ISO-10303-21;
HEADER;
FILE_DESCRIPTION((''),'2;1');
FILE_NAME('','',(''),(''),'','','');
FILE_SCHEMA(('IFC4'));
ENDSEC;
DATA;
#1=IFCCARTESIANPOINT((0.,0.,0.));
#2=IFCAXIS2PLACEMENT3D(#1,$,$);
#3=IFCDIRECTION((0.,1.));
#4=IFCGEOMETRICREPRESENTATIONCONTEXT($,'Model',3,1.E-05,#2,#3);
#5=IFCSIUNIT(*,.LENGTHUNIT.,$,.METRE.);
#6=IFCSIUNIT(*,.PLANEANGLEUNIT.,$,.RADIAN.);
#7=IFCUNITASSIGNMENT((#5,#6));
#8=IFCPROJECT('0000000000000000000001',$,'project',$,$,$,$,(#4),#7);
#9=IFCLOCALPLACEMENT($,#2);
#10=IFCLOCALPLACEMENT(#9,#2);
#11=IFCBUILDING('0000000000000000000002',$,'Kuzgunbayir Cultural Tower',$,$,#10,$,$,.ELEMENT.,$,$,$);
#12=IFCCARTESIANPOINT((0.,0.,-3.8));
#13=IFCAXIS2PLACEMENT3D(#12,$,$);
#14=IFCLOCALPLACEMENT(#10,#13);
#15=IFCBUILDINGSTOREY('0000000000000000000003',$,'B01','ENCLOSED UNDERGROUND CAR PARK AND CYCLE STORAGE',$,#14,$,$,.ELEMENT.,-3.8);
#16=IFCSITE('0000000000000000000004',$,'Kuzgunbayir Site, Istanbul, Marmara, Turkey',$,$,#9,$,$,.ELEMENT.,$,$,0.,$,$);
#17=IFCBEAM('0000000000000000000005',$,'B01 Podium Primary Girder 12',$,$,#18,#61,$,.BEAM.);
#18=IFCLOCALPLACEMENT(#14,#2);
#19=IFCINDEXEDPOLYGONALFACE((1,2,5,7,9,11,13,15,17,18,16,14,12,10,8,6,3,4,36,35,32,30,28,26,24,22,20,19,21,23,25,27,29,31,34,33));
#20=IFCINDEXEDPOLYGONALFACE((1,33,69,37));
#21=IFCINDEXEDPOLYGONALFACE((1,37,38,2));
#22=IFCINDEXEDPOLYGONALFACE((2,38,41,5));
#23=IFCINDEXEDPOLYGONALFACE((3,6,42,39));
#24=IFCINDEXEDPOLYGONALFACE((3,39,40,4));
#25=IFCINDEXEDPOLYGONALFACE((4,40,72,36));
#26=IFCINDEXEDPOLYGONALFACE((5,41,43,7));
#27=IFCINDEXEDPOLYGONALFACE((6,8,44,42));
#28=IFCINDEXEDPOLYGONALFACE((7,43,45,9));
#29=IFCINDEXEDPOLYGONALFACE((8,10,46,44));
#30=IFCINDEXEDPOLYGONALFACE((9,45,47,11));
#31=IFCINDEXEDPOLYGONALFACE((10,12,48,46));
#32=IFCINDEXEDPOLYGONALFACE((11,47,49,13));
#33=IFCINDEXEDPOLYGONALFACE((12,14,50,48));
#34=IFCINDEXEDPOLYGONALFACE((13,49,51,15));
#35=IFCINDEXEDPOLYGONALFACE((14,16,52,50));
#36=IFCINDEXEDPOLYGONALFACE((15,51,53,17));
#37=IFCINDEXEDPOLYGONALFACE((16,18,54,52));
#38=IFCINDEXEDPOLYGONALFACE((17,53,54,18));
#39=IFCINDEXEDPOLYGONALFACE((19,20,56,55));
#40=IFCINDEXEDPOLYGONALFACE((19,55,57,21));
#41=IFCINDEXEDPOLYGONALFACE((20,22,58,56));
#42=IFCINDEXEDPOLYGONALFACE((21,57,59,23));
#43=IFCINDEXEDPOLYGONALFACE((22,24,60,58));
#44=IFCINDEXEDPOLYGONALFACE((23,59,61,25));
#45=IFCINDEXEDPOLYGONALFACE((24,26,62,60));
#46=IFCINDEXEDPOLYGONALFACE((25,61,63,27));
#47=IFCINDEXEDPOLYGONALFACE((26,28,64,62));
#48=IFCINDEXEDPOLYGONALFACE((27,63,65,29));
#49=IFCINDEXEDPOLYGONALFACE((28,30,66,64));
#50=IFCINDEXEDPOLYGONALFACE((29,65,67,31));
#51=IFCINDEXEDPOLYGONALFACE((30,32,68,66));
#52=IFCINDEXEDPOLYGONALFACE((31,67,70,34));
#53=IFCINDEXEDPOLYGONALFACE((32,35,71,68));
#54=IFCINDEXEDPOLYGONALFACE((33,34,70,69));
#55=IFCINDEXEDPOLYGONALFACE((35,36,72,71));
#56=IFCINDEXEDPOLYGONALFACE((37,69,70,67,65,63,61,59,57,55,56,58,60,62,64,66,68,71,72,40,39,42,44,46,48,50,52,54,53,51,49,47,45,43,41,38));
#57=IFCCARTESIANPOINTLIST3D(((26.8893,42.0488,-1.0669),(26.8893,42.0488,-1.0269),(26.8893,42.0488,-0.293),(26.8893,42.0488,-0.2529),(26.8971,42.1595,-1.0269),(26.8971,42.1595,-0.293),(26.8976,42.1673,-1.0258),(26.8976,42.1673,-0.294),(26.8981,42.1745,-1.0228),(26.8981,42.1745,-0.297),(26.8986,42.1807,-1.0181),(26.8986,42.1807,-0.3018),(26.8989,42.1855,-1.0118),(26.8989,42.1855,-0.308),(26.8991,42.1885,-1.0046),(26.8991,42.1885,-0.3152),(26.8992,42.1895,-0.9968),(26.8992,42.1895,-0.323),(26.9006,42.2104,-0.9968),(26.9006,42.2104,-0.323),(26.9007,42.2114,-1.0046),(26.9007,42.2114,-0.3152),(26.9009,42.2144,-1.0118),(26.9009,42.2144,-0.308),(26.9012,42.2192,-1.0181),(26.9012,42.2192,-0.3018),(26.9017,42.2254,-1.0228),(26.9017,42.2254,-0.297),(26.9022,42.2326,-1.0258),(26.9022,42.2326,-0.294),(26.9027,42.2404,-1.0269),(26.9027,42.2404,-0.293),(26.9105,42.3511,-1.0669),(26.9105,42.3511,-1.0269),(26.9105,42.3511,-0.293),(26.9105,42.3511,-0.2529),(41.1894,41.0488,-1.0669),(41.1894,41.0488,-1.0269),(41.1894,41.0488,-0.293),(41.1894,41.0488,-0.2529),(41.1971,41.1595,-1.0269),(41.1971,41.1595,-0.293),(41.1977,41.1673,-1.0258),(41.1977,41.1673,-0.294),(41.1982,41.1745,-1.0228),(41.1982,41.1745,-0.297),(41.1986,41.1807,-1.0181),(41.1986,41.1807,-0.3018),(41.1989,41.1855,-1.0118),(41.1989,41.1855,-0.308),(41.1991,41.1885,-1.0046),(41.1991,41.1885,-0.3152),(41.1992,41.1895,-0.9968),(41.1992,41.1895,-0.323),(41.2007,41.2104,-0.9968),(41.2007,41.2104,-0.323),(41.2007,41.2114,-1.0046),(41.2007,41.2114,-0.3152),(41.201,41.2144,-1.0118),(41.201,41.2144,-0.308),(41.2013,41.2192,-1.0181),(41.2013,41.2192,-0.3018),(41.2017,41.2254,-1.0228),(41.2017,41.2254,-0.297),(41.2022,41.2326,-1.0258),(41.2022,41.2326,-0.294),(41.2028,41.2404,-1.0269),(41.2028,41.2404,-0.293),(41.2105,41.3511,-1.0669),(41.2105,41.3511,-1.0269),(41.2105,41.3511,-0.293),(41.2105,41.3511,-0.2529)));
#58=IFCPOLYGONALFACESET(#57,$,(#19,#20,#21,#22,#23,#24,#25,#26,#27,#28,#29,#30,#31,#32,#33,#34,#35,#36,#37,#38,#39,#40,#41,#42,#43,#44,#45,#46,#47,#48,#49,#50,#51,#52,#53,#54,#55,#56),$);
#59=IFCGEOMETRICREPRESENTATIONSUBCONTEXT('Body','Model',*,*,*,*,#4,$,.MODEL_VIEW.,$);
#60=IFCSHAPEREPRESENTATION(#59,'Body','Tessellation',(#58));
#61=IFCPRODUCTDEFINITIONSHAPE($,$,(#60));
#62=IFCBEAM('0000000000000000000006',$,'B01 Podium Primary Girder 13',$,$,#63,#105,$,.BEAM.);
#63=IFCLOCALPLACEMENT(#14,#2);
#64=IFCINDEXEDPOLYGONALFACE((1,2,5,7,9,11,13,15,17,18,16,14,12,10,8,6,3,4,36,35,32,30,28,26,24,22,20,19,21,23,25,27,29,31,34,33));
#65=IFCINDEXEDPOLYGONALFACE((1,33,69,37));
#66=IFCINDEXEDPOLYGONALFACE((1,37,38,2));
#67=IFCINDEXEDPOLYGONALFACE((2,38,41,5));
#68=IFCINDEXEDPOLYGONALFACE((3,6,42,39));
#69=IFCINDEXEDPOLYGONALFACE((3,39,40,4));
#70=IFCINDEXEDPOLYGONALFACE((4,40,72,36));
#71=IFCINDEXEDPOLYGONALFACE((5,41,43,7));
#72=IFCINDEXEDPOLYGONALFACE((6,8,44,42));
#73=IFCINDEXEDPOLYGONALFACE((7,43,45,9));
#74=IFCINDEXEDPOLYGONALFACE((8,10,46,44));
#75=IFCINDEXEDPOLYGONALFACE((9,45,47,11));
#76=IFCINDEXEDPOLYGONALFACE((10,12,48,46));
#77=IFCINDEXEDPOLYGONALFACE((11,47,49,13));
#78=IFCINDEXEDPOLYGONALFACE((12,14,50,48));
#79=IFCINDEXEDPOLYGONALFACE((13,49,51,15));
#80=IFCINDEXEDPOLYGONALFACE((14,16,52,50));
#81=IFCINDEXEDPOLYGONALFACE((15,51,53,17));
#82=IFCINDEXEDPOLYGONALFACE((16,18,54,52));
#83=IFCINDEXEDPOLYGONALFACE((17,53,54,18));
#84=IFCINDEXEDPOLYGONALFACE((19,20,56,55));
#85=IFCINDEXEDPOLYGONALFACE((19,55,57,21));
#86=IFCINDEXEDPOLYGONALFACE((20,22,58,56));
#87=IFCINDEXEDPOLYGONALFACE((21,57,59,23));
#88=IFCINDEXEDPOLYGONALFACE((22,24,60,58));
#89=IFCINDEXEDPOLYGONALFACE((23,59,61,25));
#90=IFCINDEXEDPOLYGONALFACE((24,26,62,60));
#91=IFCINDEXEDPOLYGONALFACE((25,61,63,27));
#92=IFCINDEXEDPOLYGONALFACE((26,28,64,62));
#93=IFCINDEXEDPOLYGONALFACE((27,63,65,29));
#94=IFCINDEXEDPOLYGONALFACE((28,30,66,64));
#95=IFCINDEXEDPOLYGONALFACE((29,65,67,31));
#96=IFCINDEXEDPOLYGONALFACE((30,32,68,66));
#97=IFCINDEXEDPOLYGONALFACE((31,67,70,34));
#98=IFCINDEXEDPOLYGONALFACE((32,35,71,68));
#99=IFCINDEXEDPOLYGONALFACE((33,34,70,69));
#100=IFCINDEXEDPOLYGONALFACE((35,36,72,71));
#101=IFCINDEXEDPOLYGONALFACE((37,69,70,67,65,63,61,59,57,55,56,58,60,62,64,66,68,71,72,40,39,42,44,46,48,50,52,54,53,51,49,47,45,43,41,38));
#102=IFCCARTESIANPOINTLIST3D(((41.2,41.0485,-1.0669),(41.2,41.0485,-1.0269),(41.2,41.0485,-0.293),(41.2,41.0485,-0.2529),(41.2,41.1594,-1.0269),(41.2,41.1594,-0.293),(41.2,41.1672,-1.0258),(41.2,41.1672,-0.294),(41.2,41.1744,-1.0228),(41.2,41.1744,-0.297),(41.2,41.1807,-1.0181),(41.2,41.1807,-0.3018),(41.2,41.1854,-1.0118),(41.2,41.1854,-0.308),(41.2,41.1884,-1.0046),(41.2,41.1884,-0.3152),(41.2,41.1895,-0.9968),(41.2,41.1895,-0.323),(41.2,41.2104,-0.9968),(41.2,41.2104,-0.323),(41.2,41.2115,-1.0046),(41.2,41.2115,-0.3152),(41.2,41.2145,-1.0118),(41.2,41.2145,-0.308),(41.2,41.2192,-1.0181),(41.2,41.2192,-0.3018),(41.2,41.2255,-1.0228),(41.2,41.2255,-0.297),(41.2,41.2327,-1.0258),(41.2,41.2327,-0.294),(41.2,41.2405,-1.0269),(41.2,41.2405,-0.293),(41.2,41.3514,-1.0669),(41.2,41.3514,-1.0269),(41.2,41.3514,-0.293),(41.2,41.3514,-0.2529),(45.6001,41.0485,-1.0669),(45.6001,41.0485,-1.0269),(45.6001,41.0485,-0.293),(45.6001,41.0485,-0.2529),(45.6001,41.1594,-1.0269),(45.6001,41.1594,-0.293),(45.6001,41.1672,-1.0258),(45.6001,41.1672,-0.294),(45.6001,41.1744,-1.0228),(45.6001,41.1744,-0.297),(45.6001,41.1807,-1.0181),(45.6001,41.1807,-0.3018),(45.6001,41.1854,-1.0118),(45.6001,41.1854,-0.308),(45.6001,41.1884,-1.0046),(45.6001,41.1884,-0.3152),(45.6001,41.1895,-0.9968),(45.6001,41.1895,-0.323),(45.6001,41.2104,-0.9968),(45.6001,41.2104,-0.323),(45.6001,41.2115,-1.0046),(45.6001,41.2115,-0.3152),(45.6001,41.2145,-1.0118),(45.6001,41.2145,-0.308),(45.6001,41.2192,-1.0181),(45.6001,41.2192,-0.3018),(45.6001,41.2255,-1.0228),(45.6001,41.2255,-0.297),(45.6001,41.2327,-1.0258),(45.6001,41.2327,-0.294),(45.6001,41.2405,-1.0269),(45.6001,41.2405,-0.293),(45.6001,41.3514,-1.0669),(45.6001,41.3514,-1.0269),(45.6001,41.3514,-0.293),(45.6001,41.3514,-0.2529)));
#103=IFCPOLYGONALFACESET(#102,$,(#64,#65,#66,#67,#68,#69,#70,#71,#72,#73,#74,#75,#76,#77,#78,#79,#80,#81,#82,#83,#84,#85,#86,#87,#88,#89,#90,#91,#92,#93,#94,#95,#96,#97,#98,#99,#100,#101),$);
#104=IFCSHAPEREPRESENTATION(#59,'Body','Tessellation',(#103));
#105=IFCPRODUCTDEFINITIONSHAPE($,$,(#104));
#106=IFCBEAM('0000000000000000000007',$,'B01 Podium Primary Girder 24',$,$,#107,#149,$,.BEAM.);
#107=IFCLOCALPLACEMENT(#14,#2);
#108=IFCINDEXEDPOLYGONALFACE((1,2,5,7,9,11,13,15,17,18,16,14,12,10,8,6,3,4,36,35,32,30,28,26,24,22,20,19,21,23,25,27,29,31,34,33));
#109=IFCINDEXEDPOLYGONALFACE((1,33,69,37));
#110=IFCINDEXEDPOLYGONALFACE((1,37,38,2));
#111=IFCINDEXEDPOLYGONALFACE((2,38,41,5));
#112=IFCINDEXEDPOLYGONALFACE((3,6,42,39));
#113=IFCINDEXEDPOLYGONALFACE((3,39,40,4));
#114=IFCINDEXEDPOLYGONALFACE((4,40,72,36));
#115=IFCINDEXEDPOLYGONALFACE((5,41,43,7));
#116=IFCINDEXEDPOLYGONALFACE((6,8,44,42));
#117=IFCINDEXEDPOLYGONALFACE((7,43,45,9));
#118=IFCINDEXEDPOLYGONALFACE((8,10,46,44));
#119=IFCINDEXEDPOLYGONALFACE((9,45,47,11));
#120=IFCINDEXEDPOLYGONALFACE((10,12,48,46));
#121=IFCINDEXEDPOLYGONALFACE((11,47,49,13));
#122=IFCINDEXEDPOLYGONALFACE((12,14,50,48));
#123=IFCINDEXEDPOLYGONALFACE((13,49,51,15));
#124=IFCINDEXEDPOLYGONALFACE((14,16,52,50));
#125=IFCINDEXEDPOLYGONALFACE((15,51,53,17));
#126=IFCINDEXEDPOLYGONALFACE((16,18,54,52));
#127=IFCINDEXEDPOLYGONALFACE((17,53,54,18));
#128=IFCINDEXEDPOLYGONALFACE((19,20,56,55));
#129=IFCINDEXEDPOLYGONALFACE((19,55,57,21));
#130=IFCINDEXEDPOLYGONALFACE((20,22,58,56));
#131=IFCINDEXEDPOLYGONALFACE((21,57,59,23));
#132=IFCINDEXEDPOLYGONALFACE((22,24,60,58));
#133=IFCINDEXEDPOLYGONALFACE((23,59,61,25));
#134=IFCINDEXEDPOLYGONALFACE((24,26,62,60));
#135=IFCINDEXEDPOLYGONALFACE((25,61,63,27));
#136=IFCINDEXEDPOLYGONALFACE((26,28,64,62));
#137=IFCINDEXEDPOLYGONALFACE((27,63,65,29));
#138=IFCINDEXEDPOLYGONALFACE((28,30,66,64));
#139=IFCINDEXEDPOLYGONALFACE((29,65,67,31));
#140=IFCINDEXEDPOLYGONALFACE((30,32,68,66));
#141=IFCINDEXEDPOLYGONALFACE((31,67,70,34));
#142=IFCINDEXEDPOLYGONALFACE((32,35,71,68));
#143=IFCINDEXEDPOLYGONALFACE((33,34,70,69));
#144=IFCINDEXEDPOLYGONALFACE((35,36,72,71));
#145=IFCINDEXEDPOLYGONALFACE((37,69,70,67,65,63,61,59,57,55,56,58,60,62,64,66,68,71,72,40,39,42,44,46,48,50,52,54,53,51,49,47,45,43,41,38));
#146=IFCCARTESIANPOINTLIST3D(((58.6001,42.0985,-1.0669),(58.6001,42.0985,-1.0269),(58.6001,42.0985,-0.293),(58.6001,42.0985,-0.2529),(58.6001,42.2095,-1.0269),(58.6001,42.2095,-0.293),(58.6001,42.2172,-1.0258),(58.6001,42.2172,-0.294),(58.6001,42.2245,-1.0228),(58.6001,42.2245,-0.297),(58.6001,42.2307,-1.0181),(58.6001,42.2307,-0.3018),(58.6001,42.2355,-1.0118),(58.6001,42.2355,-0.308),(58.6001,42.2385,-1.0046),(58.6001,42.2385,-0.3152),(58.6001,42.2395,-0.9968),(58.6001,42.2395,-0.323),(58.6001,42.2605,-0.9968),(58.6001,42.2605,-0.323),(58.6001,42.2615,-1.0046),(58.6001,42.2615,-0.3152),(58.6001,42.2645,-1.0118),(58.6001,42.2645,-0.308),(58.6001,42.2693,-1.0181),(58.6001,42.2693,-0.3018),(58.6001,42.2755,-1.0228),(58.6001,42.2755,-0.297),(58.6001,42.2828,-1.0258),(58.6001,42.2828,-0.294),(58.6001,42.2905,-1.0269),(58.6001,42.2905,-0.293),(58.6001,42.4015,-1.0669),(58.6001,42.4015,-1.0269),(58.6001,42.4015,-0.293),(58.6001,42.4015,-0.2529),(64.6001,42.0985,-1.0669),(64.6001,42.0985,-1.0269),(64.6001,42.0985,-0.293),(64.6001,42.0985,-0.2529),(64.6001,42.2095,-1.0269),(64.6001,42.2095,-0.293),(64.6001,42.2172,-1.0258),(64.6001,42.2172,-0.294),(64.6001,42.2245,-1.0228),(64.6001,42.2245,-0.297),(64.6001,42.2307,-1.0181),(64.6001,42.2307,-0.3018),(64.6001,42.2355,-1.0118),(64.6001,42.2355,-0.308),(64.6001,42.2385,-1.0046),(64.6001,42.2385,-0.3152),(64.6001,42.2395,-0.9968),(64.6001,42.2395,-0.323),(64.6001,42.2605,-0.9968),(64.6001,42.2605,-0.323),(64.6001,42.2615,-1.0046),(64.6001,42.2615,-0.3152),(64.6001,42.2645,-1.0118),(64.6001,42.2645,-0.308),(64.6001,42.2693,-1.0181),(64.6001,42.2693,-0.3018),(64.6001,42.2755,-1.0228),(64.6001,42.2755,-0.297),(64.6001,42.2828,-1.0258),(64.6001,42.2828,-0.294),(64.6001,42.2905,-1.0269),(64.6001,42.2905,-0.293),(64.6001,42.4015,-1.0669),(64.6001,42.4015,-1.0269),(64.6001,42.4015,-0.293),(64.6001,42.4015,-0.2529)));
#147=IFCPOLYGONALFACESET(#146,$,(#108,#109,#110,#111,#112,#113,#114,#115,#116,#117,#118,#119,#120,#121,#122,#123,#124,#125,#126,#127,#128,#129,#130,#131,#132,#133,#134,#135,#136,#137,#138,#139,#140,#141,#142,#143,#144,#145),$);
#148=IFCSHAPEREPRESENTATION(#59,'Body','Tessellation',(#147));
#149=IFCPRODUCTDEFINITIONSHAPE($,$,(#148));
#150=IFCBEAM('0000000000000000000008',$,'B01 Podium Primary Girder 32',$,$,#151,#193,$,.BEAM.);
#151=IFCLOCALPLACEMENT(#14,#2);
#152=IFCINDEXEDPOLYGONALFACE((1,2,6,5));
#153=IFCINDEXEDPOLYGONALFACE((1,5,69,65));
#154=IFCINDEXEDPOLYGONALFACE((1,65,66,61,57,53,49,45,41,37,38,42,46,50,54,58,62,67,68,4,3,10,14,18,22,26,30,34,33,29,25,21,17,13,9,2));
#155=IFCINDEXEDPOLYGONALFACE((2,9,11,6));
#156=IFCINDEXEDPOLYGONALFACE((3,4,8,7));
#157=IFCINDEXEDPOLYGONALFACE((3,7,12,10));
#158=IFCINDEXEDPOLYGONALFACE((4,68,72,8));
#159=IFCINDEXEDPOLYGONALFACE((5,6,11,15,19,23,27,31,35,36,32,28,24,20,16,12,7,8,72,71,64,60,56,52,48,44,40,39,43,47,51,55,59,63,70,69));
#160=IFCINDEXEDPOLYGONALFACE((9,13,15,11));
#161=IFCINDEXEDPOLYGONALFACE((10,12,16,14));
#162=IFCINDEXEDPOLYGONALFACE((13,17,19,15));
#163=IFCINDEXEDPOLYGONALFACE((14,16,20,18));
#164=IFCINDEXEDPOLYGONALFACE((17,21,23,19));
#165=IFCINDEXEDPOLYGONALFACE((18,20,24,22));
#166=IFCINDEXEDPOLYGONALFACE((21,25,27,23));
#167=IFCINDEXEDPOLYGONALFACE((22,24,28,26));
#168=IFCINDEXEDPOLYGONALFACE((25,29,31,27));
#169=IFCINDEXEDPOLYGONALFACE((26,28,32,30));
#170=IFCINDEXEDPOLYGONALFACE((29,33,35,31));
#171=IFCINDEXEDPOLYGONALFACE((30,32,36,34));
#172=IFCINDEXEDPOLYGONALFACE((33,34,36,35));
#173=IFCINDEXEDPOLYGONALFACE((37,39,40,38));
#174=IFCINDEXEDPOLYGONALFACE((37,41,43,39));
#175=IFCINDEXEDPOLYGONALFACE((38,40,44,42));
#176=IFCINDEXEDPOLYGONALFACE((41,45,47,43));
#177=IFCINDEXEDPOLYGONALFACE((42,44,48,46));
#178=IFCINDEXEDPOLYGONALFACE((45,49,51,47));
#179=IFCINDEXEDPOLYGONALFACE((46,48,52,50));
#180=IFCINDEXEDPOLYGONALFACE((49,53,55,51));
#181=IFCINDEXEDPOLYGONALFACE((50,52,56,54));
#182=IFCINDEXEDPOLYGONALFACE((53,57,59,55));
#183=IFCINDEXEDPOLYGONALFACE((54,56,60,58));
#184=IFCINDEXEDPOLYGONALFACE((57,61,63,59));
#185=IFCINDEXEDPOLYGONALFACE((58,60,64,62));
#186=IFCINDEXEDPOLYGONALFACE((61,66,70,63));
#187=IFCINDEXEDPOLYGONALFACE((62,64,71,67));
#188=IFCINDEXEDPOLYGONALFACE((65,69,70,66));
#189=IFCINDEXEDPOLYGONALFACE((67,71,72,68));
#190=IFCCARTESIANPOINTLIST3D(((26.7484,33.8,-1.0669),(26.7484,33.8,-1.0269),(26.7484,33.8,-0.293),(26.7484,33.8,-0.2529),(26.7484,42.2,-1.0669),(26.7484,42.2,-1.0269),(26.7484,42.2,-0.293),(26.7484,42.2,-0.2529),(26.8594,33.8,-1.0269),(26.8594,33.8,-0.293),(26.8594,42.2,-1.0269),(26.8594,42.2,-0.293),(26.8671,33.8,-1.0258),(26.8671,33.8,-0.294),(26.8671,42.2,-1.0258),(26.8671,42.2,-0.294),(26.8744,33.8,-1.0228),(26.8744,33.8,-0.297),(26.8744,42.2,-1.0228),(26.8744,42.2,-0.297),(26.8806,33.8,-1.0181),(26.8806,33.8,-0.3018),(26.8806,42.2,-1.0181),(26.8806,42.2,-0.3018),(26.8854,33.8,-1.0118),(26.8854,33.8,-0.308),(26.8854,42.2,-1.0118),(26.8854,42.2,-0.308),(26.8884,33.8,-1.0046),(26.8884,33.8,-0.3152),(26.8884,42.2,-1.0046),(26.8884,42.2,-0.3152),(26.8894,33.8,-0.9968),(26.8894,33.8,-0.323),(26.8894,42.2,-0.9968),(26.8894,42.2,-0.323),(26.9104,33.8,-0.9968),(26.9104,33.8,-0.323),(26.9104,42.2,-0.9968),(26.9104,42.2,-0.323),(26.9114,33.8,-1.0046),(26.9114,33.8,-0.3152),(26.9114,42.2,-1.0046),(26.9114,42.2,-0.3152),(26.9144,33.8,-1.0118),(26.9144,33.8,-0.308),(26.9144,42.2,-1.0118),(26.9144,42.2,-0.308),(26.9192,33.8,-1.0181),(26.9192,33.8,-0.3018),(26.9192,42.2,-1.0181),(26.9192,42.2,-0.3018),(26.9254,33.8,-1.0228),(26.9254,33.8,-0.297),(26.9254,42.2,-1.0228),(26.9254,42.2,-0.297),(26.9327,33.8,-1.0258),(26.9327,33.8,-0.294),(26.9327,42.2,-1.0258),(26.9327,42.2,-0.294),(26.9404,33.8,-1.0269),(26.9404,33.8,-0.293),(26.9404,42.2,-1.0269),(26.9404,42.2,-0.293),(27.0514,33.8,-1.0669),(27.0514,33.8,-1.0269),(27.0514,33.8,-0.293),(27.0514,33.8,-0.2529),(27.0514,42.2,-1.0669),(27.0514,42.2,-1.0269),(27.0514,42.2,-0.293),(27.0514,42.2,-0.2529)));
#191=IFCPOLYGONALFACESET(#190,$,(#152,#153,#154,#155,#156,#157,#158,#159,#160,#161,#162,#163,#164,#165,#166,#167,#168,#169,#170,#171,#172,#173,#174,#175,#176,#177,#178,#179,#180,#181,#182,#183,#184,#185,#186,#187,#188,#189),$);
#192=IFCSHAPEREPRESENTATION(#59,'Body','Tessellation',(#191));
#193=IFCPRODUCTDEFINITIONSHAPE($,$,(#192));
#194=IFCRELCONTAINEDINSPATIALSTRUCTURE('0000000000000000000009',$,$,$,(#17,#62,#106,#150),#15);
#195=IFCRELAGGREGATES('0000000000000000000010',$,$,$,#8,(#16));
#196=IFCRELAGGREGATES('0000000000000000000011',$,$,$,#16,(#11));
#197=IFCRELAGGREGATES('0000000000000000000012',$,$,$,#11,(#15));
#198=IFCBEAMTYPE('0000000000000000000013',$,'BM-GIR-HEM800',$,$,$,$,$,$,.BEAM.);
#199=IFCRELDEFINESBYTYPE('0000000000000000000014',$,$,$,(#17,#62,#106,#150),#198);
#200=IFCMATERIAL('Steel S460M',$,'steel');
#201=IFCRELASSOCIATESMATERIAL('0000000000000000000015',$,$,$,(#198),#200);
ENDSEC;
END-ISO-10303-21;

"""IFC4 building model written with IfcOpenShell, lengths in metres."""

from ifc_helpers import new_model, si_unit, direction, frame, origin, origin_2d, place, context, subcontext, project, spatial, i_section, extrude, material, material_profile, profile_set, type_object, element, save


model = new_model("IFC4")

# Units and contexts
model_context = context("Model", 3, precision=1e-05, world=origin(), true_north=direction((0.0, 1.0)))
body_context = subcontext(model_context, "Body", "Model", "MODEL_VIEW")
ifc_project = project(units=[si_unit("LENGTHUNIT", "METRE"), si_unit("PLANEANGLEUNIT", "RADIAN")], contexts=[model_context])

# Site, building, storey
site_placement = place(None, origin())
site = spatial("IfcSite", under=ifc_project, at=site_placement, Name="Kuzgunbayir Site, Istanbul, Marmara, Turkey", CompositionType="ELEMENT", RefElevation=0.0)
building_placement = place(site_placement, origin())
building = spatial("IfcBuilding", under=site, at=building_placement, Name="Kuzgunbayir Cultural Tower", CompositionType="ELEMENT")
storey_placement = place(building_placement, frame((0.0, 0.0, -3.8)))
storey = spatial("IfcBuildingStorey", under=building, at=storey_placement, Name="B01", Description="ENCLOSED UNDERGROUND CAR PARK AND CYCLE STORAGE", CompositionType="ELEMENT", Elevation=-3.8)

# Beams
ifc_material_1 = material(Name="Steel S460M", Category="steel")
ifc_material_profile_1 = material_profile(ifc_material_1, i_section(OverallWidth=0.303, OverallDepth=0.814, WebThickness=0.021, FlangeThickness=0.04, FilletRadius=0.03, at=origin_2d()), Name="HEM 800")
ifc_profile_set_1 = profile_set([ifc_material_profile_1], Name="Steel S460M")
beam_type = type_object("IfcBeamType", Name="BM-GIR-HEM800", PredefinedType="BEAM", material=ifc_profile_set_1)
beam_1_placement = place(storey_placement, frame((26.8999, 42.2, -0.6599), z_axis=(0.997564, -0.069759, 0.0), x_axis=(0.069759, 0.997564, 0.0)))
element("IfcBeam", 1, at=beam_1_placement, inside=storey, type_object=beam_type, Name="B01 Podium Primary Girder 12", PredefinedType="BEAM", context=body_context, shape_type="SweptSolid", body=[
    extrude(i_section(OverallWidth=0.303, OverallDepth=0.814, WebThickness=0.021, FlangeThickness=0.04, FilletRadius=0.03, at=origin_2d()), origin(), (0.0, 0.0, 1.0), 14.335),
])
beam_2_placement = place(storey_placement, frame((41.2, 41.2, -0.6599), z_axis=(1.0, 0.0, 0.0), x_axis=(0.0, 1.0, 0.0)))
element("IfcBeam", 2, at=beam_2_placement, inside=storey, type_object=beam_type, Name="B01 Podium Primary Girder 13", PredefinedType="BEAM", context=body_context, shape_type="SweptSolid", body=[
    extrude(i_section(OverallWidth=0.303, OverallDepth=0.814, WebThickness=0.021, FlangeThickness=0.04, FilletRadius=0.03, at=origin_2d()), origin(), (0.0, 0.0, 1.0), 4.4001),
])
beam_3_placement = place(storey_placement, frame((58.6001, 42.25, -0.6599), z_axis=(1.0, 0.0, 0.0), x_axis=(0.0, 1.0, 0.0)))
element("IfcBeam", 3, at=beam_3_placement, inside=storey, type_object=beam_type, Name="B01 Podium Primary Girder 24", PredefinedType="BEAM", context=body_context, shape_type="SweptSolid", body=[
    extrude(i_section(OverallWidth=0.303, OverallDepth=0.814, WebThickness=0.021, FlangeThickness=0.04, FilletRadius=0.03, at=origin_2d()), origin(), (0.0, 0.0, 1.0), 6.0),
])
beam_4_placement = place(storey_placement, frame((26.8999, 33.8, -0.6599), z_axis=(0.0, 1.0, 0.0), x_axis=(-1.0, 0.0, 0.0)))
element("IfcBeam", 4, at=beam_4_placement, inside=storey, type_object=beam_type, Name="B01 Podium Primary Girder 32", PredefinedType="BEAM", context=body_context, shape_type="SweptSolid", body=[
    extrude(i_section(OverallWidth=0.303, OverallDepth=0.814, WebThickness=0.021, FlangeThickness=0.04, FilletRadius=0.03, at=origin_2d()), origin(), (0.0, 0.0, 1.0), 8.3999),
])

save(model, "model.ifc")
